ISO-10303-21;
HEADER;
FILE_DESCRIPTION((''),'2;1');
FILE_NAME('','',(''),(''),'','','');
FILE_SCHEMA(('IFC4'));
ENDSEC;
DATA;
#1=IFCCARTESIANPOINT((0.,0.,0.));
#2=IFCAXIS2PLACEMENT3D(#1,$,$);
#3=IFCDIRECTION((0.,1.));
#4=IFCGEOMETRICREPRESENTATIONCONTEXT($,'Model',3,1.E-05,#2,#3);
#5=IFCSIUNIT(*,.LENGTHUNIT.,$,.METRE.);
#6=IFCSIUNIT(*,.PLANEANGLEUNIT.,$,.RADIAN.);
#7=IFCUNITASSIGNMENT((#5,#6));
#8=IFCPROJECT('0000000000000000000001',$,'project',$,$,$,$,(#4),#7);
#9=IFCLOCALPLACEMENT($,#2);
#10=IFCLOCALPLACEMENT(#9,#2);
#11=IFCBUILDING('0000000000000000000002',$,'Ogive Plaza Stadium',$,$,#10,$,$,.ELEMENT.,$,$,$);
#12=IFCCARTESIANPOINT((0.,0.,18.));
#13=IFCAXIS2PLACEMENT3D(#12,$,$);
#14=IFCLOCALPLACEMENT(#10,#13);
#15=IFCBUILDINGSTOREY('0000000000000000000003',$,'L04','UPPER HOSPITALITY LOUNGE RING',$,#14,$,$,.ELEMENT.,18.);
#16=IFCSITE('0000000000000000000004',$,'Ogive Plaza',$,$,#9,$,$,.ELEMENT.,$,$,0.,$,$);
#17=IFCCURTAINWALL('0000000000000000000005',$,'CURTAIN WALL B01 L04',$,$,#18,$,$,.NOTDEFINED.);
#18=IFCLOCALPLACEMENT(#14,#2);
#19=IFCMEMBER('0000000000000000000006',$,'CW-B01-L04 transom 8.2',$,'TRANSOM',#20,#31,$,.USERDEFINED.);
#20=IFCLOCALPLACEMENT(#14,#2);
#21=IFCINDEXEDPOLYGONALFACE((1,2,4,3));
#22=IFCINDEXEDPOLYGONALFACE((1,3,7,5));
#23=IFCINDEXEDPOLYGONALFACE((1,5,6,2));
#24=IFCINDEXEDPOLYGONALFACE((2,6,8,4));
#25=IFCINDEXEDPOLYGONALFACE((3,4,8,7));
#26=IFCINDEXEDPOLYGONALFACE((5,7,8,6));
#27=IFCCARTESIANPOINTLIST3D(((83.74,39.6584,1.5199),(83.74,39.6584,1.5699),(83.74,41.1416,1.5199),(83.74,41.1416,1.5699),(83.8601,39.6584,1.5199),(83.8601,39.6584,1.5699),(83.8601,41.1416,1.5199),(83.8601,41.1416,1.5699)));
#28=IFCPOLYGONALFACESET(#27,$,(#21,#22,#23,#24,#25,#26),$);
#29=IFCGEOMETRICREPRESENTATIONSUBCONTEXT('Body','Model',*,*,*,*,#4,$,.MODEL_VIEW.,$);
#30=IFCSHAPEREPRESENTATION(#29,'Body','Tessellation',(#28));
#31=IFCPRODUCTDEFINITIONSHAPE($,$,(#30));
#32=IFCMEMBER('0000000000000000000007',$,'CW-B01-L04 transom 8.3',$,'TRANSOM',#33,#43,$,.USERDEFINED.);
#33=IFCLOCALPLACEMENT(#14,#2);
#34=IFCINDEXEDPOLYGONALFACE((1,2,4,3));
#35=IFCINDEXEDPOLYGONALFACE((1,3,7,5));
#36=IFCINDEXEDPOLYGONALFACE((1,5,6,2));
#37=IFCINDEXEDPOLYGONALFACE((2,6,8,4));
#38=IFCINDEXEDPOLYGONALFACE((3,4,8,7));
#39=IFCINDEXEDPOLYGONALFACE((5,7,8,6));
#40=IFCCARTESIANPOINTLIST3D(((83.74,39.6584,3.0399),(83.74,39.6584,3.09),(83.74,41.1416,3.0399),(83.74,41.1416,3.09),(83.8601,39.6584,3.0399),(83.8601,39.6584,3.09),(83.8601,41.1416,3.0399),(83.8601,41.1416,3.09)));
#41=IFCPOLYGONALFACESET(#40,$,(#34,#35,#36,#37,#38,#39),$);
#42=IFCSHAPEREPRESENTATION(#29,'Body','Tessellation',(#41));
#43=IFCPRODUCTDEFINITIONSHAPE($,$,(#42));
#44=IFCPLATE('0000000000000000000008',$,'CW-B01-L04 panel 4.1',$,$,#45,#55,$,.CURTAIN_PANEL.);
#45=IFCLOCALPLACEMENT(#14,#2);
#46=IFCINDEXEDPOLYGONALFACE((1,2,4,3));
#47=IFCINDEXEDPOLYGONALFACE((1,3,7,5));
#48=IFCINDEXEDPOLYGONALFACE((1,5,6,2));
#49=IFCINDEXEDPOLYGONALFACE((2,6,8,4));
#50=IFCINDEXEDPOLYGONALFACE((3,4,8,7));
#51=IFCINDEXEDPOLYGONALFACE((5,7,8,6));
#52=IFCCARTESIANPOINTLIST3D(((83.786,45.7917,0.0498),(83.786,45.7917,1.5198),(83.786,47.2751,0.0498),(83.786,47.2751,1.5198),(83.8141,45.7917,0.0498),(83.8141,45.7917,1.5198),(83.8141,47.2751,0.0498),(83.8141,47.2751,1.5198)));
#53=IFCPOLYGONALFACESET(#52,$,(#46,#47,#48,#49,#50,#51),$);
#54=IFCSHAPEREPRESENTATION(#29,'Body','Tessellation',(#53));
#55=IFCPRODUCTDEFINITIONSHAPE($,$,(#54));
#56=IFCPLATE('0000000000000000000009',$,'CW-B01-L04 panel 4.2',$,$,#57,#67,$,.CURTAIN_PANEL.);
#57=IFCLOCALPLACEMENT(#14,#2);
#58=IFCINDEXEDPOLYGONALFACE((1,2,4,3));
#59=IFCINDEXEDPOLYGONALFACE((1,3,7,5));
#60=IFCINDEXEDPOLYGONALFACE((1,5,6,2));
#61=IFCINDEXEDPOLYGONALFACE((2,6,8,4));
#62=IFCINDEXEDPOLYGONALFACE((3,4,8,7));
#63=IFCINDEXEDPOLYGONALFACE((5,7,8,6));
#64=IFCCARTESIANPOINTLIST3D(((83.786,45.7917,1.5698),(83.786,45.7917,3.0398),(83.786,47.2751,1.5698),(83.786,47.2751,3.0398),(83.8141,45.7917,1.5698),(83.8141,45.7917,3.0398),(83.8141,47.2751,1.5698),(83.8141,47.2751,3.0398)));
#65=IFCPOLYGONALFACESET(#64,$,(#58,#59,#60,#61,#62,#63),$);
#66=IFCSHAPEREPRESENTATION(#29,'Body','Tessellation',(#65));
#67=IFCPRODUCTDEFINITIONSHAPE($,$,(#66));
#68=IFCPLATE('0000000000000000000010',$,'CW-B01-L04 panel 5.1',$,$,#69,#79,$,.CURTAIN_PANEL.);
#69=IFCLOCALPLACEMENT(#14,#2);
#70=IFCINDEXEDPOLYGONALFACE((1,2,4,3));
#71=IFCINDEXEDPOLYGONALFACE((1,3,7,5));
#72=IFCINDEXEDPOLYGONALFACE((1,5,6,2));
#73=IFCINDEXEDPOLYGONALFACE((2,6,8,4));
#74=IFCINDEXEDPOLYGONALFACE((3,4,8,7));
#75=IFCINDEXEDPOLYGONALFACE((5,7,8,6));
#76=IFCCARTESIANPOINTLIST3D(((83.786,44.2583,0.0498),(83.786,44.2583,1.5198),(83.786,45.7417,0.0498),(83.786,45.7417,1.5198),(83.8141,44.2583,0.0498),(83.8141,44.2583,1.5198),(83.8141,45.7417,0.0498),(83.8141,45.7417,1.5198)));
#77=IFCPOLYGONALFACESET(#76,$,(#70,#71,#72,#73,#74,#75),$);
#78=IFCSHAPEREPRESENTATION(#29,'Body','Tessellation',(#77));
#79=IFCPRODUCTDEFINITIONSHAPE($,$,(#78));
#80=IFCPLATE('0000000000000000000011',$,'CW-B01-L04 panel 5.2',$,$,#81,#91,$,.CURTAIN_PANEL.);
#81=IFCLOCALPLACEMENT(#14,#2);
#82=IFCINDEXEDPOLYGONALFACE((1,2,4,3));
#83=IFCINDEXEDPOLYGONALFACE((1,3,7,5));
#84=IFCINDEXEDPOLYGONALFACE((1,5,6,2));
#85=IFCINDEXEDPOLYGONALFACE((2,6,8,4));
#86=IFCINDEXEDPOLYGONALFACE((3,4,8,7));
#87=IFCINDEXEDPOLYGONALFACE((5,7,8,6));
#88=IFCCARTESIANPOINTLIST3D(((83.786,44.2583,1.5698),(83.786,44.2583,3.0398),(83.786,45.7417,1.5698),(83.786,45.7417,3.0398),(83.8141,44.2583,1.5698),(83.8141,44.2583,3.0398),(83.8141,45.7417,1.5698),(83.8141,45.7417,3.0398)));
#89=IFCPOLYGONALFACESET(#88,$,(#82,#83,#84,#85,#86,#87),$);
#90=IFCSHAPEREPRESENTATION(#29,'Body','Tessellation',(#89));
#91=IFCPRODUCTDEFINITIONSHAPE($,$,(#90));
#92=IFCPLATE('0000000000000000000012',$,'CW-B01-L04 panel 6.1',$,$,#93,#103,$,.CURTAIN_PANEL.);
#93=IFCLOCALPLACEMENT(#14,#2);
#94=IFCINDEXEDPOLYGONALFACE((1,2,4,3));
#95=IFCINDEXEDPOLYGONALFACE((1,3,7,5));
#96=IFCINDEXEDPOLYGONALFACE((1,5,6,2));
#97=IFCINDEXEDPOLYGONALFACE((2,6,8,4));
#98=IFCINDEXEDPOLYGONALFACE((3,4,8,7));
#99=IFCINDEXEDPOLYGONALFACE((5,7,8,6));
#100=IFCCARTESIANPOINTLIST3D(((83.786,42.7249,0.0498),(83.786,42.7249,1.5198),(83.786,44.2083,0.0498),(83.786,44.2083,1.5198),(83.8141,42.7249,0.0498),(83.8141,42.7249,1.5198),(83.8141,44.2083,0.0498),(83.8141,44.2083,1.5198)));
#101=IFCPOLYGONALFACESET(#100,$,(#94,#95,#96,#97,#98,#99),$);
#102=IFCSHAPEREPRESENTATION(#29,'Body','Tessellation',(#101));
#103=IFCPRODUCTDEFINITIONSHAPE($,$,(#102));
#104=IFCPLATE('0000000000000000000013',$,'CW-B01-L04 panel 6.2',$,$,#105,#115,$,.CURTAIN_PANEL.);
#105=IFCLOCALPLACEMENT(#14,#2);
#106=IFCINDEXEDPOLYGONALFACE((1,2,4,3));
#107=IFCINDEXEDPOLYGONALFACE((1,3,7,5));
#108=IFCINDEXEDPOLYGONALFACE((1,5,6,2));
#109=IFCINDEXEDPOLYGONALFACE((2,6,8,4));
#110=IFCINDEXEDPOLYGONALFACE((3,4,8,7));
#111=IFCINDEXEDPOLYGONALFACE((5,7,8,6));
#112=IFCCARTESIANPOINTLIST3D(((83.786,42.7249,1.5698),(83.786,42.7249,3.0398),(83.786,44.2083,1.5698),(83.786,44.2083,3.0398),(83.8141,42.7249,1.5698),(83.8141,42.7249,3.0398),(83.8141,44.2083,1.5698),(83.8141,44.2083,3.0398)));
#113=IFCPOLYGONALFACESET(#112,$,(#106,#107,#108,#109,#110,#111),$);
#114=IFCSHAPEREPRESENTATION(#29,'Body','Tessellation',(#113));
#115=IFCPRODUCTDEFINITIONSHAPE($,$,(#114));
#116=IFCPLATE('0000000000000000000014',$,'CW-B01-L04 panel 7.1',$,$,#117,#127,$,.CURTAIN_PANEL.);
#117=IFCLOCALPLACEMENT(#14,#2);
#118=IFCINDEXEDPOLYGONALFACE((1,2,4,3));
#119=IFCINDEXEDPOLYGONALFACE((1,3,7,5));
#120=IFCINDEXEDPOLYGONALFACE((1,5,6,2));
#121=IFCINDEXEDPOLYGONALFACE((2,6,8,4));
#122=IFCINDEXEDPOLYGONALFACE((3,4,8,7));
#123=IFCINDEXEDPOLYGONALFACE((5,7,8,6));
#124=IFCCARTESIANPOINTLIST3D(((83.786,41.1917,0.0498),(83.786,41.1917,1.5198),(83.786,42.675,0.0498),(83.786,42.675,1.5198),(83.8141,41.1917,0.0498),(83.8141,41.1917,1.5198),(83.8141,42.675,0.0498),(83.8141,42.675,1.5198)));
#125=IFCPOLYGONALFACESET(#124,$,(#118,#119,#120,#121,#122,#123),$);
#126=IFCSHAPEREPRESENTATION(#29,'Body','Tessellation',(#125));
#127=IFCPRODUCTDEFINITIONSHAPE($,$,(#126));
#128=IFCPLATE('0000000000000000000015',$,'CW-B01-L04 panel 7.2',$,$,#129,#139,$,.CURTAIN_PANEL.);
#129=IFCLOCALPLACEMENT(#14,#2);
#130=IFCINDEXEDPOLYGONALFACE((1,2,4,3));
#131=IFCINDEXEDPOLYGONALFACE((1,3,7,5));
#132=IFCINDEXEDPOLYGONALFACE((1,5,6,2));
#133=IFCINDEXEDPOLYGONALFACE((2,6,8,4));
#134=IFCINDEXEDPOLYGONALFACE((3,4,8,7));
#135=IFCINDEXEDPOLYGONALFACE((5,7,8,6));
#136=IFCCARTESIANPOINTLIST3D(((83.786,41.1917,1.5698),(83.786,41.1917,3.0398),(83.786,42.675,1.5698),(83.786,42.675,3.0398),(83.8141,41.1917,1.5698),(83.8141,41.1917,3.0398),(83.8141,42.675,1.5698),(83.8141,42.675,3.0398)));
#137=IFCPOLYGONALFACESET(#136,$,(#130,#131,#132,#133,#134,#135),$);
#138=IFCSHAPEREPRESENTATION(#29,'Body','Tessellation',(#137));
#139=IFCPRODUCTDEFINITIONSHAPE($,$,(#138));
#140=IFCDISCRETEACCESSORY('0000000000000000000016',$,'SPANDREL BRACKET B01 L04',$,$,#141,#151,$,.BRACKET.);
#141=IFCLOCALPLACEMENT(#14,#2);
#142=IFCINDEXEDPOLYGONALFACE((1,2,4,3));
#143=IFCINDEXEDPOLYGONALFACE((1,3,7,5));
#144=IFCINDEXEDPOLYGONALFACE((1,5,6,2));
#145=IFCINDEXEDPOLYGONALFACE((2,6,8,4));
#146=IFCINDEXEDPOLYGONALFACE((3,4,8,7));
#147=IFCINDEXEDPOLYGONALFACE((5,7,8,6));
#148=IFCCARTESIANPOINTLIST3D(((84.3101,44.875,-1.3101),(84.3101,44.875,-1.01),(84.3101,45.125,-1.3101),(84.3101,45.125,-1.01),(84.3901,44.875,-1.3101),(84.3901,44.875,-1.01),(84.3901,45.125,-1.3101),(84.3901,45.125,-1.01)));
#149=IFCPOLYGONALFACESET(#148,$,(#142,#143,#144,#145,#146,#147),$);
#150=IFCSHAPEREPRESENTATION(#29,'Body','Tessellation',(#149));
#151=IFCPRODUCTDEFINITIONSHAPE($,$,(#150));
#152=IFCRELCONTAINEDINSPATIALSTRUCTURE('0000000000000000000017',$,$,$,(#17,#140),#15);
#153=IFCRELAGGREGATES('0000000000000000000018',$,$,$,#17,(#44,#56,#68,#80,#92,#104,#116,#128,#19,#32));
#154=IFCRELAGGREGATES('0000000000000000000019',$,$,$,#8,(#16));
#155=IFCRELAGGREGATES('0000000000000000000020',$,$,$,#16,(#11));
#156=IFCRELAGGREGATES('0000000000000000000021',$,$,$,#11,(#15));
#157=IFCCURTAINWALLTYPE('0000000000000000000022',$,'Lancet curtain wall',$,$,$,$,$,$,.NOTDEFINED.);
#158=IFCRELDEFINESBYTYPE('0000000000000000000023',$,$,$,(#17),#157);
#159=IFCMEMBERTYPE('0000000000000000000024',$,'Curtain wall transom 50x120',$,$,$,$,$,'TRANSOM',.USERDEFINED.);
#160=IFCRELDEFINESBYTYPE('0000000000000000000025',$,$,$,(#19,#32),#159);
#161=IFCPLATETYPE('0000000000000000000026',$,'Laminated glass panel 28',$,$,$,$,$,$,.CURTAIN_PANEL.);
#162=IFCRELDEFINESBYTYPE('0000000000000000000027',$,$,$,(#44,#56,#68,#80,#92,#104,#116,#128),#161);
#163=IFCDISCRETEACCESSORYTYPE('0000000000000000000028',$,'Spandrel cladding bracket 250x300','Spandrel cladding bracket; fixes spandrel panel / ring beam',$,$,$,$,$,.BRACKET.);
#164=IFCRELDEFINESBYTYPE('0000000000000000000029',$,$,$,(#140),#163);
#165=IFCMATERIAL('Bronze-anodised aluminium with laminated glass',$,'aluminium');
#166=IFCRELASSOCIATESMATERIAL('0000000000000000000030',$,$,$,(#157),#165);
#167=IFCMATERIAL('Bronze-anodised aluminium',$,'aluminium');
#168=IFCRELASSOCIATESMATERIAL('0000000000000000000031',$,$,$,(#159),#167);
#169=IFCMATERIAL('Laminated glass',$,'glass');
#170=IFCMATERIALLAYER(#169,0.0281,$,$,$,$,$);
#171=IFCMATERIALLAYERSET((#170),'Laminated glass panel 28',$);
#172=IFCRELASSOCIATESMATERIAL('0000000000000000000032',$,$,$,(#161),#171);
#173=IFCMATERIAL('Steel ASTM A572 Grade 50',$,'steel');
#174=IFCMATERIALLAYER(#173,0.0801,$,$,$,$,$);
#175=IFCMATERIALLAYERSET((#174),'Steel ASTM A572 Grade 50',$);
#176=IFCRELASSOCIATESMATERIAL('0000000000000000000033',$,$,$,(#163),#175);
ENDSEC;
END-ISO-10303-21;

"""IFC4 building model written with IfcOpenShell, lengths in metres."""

from ifc_helpers import new_model, si_unit, direction, frame, origin, origin_2d, place, context, subcontext, project, spatial, rectangle, extrude, material, layer, layer_set, material_profile, profile_set, type_object, element, aggregate, save


model = new_model("IFC4")

# Units and contexts
model_context = context("Model", 3, precision=1e-05, world=origin(), true_north=direction((0.0, 1.0)))
body_context = subcontext(model_context, "Body", "Model", "MODEL_VIEW")
ifc_project = project(units=[si_unit("LENGTHUNIT", "METRE"), si_unit("PLANEANGLEUNIT", "RADIAN")], contexts=[model_context])

# Site, building, storey
site_placement = place(None, origin())
site = spatial("IfcSite", under=ifc_project, at=site_placement, Name="Ogive Plaza", CompositionType="ELEMENT", RefElevation=0.0)
building_placement = place(site_placement, origin())
building = spatial("IfcBuilding", under=site, at=building_placement, Name="Ogive Plaza Stadium", CompositionType="ELEMENT")
storey_placement = place(building_placement, frame((0.0, 0.0, 18.0)))
storey = spatial("IfcBuildingStorey", under=building, at=storey_placement, Name="L04", Description="UPPER HOSPITALITY LOUNGE RING", CompositionType="ELEMENT", Elevation=18.0)

# Curtain wall, members, plates
ifc_material_1 = material(Name="Bronze-anodised aluminium with laminated glass", Category="aluminium")
curtain_wall_type = type_object("IfcCurtainWallType", Name="Lancet curtain wall", PredefinedType="NOTDEFINED", material=ifc_material_1)
curtain_wall_placement = place(storey_placement, origin())
curtain_wall = element("IfcCurtainWall", 1, at=curtain_wall_placement, inside=storey, type_object=curtain_wall_type, Name="CURTAIN WALL B01 L04", PredefinedType="NOTDEFINED")
ifc_material_2 = material(Name="Bronze-anodised aluminium", Category="aluminium")
ifc_material_profile_1 = material_profile(ifc_material_2, rectangle(XDim=0.1201, YDim=0.05, at=origin_2d()), Name="AL 120x50")
ifc_profile_set_1 = profile_set([ifc_material_profile_1], Name="Bronze-anodised aluminium")
member_type_1 = type_object("IfcMemberType", Name="Curtain wall transom 50x120", ElementType="TRANSOM", PredefinedType="USERDEFINED", material=ifc_profile_set_1)
member_1_placement = place(storey_placement, frame((83.8, 41.1416, 1.5449), z_axis=(0.0, -1.0, 0.0), x_axis=(1.0, 0.0, 0.0)))
member_1 = element("IfcMember", 2, at=member_1_placement, type_object=member_type_1, Name="CW-B01-L04 transom 8.2", ObjectType="TRANSOM", PredefinedType="USERDEFINED", context=body_context, shape_type="SweptSolid", body=[
    extrude(rectangle(XDim=0.1201, YDim=0.05, at=origin_2d()), origin(), (0.0, 0.0, 1.0), 1.4832),
])
member_2_placement = place(storey_placement, frame((83.8, 41.1416, 3.0649), z_axis=(0.0, -1.0, 0.0), x_axis=(1.0, 0.0, 0.0)))
member_2 = element("IfcMember", 3, at=member_2_placement, type_object=member_type_1, Name="CW-B01-L04 transom 8.3", ObjectType="TRANSOM", PredefinedType="USERDEFINED", context=body_context, shape_type="SweptSolid", body=[
    extrude(rectangle(XDim=0.1201, YDim=0.05, at=origin_2d()), origin(), (0.0, 0.0, 1.0), 1.4832),
])
ifc_material_3 = material(Name="Laminated glass", Category="glass")
ifc_layer_1 = layer(ifc_material_3, 0.0281)
ifc_layer_set_1 = layer_set([ifc_layer_1], Name="Laminated glass panel 28")
plate_type = type_object("IfcPlateType", Name="Laminated glass panel 28", PredefinedType="CURTAIN_PANEL", material=ifc_layer_set_1)
plate_1_placement = place(storey_placement, frame((83.8, 46.5334, 0.0498), z_axis=(0.0, 0.0, 1.0), x_axis=(0.0, -1.0, 0.0)))
plate_1 = element("IfcPlate", 4, at=plate_1_placement, type_object=plate_type, Name="CW-B01-L04 panel 4.1", PredefinedType="CURTAIN_PANEL", context=body_context, shape_type="SweptSolid", body=[
    extrude(rectangle(XDim=1.4834, YDim=0.0281, at=origin_2d()), origin(), (0.0, 0.0, 1.0), 1.47),
])
plate_2_placement = place(storey_placement, frame((83.8, 46.5334, 1.5698), z_axis=(0.0, 0.0, 1.0), x_axis=(0.0, -1.0, 0.0)))
plate_2 = element("IfcPlate", 5, at=plate_2_placement, type_object=plate_type, Name="CW-B01-L04 panel 4.2", PredefinedType="CURTAIN_PANEL", context=body_context, shape_type="SweptSolid", body=[
    extrude(rectangle(XDim=1.4834, YDim=0.0281, at=origin_2d()), origin(), (0.0, 0.0, 1.0), 1.47),
])
plate_3_placement = place(storey_placement, frame((83.8, 45.0, 0.0498), z_axis=(0.0, 0.0, 1.0), x_axis=(0.0, -1.0, 0.0)))
plate_3 = element("IfcPlate", 6, at=plate_3_placement, type_object=plate_type, Name="CW-B01-L04 panel 5.1", PredefinedType="CURTAIN_PANEL", context=body_context, shape_type="SweptSolid", body=[
    extrude(rectangle(XDim=1.4834, YDim=0.0281, at=origin_2d()), origin(), (0.0, 0.0, 1.0), 1.47),
])
plate_4_placement = place(storey_placement, frame((83.8, 45.0, 1.5698), z_axis=(0.0, 0.0, 1.0), x_axis=(0.0, -1.0, 0.0)))
plate_4 = element("IfcPlate", 7, at=plate_4_placement, type_object=plate_type, Name="CW-B01-L04 panel 5.2", PredefinedType="CURTAIN_PANEL", context=body_context, shape_type="SweptSolid", body=[
    extrude(rectangle(XDim=1.4834, YDim=0.0281, at=origin_2d()), origin(), (0.0, 0.0, 1.0), 1.47),
])
plate_5_placement = place(storey_placement, frame((83.8, 43.4666, 0.0498), z_axis=(0.0, 0.0, 1.0), x_axis=(0.0, -1.0, 0.0)))
plate_5 = element("IfcPlate", 8, at=plate_5_placement, type_object=plate_type, Name="CW-B01-L04 panel 6.1", PredefinedType="CURTAIN_PANEL", context=body_context, shape_type="SweptSolid", body=[
    extrude(rectangle(XDim=1.4834, YDim=0.0281, at=origin_2d()), origin(), (0.0, 0.0, 1.0), 1.47),
])
plate_6_placement = place(storey_placement, frame((83.8, 43.4666, 1.5698), z_axis=(0.0, 0.0, 1.0), x_axis=(0.0, -1.0, 0.0)))
plate_6 = element("IfcPlate", 9, at=plate_6_placement, type_object=plate_type, Name="CW-B01-L04 panel 6.2", PredefinedType="CURTAIN_PANEL", context=body_context, shape_type="SweptSolid", body=[
    extrude(rectangle(XDim=1.4834, YDim=0.0281, at=origin_2d()), origin(), (0.0, 0.0, 1.0), 1.47),
])
plate_7_placement = place(storey_placement, frame((83.8, 41.9333, 0.0498), z_axis=(0.0, 0.0, 1.0), x_axis=(0.0, -1.0, 0.0)))
plate_7 = element("IfcPlate", 10, at=plate_7_placement, type_object=plate_type, Name="CW-B01-L04 panel 7.1", PredefinedType="CURTAIN_PANEL", context=body_context, shape_type="SweptSolid", body=[
    extrude(rectangle(XDim=1.4834, YDim=0.0281, at=origin_2d()), origin(), (0.0, 0.0, 1.0), 1.47),
])
plate_8_placement = place(storey_placement, frame((83.8, 41.9333, 1.5698), z_axis=(0.0, 0.0, 1.0), x_axis=(0.0, -1.0, 0.0)))
plate_8 = element("IfcPlate", 11, at=plate_8_placement, type_object=plate_type, Name="CW-B01-L04 panel 7.2", PredefinedType="CURTAIN_PANEL", context=body_context, shape_type="SweptSolid", body=[
    extrude(rectangle(XDim=1.4834, YDim=0.0281, at=origin_2d()), origin(), (0.0, 0.0, 1.0), 1.47),
])
aggregate(curtain_wall, [plate_1, plate_2, plate_3, plate_4, plate_5, plate_6, plate_7, plate_8, member_1, member_2])

# Discrete accessory
ifc_material_4 = material(Name="Steel ASTM A572 Grade 50", Category="steel")
ifc_layer_2 = layer(ifc_material_4, 0.0801)
ifc_layer_set_2 = layer_set([ifc_layer_2], Name="Steel ASTM A572 Grade 50")
discrete_accessory_type = type_object("IfcDiscreteAccessoryType", Name="Spandrel cladding bracket 250x300", Description="Spandrel cladding bracket; fixes spandrel panel / ring beam", PredefinedType="BRACKET", material=ifc_layer_set_2)
discrete_accessory_placement = place(storey_placement, frame((84.3501, 45.0, -1.3101), z_axis=(0.0, 0.0, 1.0), x_axis=(0.0, -1.0, 0.0)))
element("IfcDiscreteAccessory", 12, at=discrete_accessory_placement, inside=storey, type_object=discrete_accessory_type, Name="SPANDREL BRACKET B01 L04", PredefinedType="BRACKET", context=body_context, shape_type="SweptSolid", body=[
    extrude(rectangle(XDim=0.25, YDim=0.0801, at=origin_2d()), origin(), (0.0, 0.0, 1.0), 0.3),
])

save(model, "model.ifc")
